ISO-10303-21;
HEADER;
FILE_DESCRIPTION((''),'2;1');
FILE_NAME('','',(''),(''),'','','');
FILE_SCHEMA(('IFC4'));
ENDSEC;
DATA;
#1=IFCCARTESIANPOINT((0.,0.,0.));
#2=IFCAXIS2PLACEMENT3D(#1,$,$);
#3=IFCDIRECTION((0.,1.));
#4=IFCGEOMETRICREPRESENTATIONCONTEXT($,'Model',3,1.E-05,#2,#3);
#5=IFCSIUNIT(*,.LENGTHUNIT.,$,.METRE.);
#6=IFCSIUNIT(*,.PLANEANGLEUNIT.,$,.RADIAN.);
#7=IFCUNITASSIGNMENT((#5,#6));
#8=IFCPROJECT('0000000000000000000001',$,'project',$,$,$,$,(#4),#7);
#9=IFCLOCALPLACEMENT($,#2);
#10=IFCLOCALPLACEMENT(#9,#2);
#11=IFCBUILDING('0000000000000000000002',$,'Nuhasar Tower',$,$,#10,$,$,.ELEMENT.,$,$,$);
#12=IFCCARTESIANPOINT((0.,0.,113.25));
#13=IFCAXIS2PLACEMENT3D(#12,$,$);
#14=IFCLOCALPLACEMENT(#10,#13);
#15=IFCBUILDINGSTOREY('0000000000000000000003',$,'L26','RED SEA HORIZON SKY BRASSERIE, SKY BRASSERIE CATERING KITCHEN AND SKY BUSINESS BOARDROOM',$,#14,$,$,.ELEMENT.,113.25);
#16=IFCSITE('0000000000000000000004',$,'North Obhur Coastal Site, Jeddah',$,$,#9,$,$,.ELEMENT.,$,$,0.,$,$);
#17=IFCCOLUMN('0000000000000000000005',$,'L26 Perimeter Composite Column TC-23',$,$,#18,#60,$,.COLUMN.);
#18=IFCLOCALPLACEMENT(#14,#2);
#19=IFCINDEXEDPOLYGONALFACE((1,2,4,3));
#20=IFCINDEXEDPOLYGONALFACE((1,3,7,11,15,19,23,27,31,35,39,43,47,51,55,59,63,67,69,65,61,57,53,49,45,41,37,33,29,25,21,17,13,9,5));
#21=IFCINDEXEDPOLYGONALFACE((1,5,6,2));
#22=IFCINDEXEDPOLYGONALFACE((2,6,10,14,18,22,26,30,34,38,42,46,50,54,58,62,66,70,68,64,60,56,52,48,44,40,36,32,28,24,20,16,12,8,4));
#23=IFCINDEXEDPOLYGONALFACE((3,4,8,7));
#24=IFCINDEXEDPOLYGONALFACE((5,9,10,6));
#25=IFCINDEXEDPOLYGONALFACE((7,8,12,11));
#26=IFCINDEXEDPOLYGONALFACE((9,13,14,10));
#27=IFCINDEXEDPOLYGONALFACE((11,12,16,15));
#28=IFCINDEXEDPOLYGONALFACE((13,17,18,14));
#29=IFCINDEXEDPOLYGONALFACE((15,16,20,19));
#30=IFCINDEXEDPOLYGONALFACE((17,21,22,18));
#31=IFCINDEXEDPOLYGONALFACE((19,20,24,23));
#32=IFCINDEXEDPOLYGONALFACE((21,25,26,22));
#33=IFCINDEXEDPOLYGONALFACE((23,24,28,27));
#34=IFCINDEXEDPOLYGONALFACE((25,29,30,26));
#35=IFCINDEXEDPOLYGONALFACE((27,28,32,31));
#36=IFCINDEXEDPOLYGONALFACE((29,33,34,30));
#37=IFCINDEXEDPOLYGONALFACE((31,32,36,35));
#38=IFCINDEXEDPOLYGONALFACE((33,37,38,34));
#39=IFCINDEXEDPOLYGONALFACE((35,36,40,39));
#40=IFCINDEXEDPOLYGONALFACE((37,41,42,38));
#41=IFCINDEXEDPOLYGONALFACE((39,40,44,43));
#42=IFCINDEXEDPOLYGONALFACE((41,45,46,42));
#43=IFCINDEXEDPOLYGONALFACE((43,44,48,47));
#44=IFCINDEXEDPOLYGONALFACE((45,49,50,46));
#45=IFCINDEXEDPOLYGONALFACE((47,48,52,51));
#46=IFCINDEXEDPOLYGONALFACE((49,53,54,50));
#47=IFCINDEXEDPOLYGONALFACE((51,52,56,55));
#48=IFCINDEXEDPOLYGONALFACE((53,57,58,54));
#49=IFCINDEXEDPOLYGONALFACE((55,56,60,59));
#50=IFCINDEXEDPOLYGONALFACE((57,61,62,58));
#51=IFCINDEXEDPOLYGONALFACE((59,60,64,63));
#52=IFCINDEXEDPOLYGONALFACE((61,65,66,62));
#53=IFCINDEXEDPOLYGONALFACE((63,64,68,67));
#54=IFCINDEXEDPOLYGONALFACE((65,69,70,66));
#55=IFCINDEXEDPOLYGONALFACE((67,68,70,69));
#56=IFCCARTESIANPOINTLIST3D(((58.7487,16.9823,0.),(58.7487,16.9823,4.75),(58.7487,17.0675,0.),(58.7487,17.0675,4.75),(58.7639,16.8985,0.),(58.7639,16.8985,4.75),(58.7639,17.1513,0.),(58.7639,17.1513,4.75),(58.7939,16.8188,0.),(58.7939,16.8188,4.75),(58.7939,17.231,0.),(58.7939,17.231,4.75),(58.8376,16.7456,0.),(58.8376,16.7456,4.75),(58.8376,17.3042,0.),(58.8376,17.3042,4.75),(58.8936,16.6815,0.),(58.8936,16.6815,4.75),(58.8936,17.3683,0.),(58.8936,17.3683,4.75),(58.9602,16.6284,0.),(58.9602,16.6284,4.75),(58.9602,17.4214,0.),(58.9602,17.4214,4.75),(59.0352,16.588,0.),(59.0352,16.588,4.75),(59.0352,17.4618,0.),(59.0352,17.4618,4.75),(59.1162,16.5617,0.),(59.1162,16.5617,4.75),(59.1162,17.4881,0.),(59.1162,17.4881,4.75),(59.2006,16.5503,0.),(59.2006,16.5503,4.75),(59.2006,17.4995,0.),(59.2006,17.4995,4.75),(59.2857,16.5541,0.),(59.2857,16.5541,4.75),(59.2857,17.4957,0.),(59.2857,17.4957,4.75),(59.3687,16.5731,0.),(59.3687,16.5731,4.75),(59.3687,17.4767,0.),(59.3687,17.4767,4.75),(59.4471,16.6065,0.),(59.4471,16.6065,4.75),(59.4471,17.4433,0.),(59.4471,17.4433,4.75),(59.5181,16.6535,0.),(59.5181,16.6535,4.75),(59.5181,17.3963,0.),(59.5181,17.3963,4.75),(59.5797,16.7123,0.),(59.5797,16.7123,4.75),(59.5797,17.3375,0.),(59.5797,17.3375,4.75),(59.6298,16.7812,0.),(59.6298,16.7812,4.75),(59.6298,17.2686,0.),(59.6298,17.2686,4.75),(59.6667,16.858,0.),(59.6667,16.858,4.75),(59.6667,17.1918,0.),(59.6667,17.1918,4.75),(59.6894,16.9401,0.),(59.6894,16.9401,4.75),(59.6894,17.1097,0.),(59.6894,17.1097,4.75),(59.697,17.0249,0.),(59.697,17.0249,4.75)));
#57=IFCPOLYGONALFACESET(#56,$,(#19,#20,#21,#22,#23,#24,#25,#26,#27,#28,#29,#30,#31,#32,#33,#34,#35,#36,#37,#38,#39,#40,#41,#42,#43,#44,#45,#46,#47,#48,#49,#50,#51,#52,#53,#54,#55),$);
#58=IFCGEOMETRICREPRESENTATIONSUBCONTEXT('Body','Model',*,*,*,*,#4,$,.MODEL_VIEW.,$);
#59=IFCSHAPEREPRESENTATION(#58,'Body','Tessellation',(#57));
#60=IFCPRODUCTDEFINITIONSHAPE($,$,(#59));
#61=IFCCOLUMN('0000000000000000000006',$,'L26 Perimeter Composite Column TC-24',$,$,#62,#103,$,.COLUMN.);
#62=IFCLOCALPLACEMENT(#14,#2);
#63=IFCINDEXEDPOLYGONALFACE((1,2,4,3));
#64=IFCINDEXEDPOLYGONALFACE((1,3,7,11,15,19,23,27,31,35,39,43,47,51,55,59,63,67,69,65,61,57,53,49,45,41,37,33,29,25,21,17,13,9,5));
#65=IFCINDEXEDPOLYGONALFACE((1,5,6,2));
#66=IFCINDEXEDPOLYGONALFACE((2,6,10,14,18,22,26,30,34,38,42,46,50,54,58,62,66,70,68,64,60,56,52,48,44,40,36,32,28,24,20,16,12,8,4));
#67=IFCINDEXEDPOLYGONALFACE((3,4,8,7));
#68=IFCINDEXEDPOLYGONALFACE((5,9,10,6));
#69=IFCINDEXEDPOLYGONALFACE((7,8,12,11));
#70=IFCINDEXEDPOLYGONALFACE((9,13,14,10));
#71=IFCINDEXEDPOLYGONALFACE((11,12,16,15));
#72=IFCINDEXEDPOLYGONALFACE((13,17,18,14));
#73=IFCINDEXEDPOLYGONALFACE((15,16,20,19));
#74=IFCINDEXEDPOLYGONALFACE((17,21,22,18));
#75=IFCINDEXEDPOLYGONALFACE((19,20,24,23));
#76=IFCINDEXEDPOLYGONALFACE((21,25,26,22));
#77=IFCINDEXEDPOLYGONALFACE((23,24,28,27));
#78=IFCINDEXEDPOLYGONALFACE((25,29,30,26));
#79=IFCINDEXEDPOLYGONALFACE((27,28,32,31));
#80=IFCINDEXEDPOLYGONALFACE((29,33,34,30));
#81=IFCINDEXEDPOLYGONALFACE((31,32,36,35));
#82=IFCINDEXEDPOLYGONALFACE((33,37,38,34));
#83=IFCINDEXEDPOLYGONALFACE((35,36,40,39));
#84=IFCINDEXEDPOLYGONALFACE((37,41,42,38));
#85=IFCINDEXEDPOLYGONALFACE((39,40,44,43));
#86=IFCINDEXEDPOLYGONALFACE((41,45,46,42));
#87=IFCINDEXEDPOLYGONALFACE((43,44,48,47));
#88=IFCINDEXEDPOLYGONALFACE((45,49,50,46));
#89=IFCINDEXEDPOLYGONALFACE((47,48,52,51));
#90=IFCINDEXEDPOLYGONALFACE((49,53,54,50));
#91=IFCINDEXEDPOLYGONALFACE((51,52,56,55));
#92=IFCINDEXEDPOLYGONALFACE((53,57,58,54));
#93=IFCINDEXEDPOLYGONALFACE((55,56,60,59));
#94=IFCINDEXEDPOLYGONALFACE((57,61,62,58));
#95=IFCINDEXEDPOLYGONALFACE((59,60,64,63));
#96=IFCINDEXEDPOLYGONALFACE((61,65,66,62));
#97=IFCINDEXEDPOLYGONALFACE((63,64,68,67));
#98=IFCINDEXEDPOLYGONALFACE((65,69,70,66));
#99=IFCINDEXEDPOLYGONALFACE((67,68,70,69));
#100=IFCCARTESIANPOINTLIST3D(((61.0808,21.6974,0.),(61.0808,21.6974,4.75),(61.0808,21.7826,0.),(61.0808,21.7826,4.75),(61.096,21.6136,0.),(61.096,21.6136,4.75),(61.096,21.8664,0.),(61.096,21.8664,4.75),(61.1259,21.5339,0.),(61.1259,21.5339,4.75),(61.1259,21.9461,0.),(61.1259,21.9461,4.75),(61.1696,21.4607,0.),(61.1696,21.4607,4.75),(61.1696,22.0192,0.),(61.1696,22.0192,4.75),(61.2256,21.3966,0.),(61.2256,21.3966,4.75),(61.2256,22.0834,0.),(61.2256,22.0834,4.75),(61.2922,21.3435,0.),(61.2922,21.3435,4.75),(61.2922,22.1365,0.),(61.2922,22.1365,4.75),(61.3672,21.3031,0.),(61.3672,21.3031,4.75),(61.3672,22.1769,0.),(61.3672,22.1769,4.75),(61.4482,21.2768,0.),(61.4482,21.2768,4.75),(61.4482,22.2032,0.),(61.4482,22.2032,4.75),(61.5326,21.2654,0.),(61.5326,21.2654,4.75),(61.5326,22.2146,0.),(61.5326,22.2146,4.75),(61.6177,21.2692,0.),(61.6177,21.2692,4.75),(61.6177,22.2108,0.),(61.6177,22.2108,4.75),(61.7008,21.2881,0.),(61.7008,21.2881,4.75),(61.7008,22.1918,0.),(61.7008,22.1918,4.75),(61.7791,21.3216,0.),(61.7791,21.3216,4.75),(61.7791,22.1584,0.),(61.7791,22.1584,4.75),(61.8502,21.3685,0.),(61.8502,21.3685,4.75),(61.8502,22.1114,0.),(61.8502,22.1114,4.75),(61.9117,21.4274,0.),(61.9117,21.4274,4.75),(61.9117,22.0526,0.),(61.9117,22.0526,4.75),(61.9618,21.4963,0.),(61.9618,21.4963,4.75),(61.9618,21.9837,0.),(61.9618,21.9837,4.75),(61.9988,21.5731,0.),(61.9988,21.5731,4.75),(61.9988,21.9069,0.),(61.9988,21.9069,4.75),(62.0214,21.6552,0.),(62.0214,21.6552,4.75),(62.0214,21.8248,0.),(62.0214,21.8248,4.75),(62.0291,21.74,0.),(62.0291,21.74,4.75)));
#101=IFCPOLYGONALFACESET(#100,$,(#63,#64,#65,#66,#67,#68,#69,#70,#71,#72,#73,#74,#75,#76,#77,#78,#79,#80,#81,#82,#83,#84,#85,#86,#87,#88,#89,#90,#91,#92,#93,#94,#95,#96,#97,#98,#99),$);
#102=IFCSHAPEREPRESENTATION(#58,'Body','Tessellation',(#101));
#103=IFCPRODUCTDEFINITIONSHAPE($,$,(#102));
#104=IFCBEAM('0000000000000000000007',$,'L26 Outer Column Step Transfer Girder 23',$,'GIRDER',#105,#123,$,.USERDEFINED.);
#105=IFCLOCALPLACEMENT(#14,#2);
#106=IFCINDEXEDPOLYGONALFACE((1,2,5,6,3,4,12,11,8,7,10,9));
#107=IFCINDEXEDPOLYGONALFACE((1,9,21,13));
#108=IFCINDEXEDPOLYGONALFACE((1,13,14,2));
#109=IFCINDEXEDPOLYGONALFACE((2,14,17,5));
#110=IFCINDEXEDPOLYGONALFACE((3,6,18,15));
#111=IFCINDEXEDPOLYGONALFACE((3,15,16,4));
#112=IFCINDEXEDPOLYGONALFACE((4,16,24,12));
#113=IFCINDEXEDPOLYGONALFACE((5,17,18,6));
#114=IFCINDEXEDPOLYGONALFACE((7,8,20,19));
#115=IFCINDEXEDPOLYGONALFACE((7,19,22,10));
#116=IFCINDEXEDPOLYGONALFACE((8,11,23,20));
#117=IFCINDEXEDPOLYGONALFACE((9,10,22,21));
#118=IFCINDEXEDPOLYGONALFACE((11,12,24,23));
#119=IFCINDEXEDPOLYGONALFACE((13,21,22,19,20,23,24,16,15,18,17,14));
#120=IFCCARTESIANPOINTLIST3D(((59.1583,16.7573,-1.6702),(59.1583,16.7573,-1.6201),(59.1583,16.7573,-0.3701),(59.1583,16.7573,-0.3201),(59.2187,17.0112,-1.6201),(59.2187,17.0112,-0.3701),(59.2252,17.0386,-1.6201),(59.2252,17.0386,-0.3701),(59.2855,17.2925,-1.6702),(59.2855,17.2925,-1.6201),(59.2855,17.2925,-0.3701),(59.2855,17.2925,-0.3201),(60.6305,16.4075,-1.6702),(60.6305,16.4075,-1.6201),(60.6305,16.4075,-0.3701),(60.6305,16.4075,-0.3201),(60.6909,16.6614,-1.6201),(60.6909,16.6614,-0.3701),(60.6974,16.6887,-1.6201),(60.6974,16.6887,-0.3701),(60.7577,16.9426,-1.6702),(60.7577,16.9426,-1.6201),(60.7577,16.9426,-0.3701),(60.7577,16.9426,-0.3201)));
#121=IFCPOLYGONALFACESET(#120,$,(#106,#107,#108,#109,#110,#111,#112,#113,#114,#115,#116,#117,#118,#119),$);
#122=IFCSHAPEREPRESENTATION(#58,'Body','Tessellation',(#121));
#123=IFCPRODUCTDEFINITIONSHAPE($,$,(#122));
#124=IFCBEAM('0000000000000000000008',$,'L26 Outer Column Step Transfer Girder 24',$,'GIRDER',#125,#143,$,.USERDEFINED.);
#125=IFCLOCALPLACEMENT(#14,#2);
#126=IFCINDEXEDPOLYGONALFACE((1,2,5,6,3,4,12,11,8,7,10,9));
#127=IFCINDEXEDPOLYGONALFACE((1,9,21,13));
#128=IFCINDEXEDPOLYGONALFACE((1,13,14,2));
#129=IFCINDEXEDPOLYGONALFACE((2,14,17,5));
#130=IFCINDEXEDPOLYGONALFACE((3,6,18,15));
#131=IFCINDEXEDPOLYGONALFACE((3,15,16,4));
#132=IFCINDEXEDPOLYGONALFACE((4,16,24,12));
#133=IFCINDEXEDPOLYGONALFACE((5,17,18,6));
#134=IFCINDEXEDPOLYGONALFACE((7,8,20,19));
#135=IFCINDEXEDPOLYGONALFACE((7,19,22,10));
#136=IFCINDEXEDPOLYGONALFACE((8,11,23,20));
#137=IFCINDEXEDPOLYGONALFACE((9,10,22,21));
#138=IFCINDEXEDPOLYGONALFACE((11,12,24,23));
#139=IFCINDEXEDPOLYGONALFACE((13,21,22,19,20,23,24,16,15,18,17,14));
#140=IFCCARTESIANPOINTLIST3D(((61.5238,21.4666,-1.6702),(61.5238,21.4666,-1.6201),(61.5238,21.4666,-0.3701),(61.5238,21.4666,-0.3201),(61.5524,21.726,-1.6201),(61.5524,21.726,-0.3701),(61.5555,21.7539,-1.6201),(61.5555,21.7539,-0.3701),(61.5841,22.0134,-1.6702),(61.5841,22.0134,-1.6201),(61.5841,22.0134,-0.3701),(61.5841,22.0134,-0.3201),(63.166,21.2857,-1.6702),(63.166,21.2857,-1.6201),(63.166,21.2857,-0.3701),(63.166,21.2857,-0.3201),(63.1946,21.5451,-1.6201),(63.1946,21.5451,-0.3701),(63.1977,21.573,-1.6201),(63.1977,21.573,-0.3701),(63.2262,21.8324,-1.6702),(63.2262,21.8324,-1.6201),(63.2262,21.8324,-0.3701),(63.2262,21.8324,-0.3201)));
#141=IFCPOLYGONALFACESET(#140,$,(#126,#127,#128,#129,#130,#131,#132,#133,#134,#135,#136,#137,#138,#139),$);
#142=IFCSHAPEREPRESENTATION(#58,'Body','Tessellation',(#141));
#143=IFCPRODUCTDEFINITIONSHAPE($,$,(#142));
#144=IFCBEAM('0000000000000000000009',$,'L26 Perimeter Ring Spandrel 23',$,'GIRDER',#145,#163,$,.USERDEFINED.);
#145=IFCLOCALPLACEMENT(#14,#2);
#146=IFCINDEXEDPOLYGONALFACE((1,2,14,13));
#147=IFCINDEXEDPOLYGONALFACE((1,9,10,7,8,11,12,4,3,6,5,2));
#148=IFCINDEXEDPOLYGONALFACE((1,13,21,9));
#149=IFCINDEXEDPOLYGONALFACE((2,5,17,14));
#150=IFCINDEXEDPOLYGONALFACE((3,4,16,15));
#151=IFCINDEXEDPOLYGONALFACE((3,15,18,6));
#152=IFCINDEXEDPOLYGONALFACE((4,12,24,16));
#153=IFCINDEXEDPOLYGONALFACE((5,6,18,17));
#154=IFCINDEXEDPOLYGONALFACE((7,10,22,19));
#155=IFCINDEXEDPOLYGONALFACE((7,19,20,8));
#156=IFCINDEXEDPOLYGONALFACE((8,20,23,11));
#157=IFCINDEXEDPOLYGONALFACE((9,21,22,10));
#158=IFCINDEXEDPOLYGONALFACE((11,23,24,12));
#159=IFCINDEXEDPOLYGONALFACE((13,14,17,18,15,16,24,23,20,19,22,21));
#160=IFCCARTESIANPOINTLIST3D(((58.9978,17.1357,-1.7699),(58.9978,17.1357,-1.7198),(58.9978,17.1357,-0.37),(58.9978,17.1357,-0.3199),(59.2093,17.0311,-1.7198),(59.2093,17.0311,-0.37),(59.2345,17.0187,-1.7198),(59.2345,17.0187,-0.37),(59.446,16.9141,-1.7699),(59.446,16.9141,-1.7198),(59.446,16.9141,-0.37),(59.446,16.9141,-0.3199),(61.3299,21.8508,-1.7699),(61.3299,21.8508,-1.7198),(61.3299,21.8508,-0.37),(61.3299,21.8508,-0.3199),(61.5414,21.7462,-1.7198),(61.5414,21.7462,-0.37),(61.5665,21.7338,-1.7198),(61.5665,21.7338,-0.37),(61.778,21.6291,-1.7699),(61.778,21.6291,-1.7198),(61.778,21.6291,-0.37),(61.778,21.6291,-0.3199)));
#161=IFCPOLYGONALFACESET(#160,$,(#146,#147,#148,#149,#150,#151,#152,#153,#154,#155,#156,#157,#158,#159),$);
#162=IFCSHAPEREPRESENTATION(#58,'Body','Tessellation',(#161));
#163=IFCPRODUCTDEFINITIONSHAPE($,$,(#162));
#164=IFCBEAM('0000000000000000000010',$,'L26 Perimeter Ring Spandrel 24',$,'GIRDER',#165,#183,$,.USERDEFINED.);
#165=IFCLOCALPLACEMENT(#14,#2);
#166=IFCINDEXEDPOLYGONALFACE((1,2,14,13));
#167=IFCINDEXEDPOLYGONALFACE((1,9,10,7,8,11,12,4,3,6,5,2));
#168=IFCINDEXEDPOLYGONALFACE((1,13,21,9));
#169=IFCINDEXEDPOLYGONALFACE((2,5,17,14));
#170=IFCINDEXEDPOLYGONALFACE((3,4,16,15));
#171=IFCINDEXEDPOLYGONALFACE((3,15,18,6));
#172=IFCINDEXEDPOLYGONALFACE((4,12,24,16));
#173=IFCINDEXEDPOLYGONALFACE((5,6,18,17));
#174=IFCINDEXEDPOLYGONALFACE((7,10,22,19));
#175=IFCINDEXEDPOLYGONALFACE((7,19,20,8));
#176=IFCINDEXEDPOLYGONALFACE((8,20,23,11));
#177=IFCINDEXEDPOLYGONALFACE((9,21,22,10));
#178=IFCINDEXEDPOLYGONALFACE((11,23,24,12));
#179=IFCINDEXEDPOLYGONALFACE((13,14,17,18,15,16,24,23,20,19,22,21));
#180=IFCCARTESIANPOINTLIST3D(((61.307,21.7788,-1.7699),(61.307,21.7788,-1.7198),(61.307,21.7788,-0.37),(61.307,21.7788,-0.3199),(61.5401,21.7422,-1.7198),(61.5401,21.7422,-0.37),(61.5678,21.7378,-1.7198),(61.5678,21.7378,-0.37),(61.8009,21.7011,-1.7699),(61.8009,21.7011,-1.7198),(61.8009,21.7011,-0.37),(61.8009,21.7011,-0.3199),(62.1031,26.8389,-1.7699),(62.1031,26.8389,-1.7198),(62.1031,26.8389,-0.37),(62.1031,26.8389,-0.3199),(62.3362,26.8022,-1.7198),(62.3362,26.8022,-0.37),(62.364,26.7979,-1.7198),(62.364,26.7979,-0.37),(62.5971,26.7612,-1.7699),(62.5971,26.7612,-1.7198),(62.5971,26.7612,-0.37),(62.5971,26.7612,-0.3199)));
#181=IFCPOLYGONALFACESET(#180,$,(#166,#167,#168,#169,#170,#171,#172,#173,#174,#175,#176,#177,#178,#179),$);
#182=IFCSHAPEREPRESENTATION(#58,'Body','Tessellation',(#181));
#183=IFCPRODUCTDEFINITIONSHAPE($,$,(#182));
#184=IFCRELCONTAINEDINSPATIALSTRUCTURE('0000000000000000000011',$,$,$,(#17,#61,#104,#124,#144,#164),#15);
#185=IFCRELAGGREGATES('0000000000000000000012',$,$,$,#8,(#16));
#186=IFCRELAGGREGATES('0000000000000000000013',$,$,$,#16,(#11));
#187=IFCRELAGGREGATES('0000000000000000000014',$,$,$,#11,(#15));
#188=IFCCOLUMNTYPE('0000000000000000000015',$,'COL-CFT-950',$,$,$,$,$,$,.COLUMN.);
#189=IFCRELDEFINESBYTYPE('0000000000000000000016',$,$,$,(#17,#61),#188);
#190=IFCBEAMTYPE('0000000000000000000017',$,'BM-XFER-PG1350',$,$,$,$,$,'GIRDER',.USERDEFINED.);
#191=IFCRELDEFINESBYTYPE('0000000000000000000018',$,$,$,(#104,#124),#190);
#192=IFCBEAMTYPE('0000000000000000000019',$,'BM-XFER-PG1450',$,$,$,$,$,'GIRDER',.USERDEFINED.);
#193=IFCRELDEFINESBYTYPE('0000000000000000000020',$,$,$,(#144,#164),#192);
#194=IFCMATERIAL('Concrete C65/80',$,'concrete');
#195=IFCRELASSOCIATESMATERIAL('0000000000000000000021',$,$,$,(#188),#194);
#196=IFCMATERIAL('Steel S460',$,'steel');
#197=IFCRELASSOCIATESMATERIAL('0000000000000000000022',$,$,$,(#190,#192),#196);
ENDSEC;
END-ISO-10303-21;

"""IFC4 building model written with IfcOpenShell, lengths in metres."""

from ifc_helpers import new_model, si_unit, direction, frame, origin, origin_2d, place, context, subcontext, project, spatial, circle, i_section, extrude, material, material_profile, profile_set, type_object, element, save


model = new_model("IFC4")

# Units and contexts
model_context = context("Model", 3, precision=1e-05, world=origin(), true_north=direction((0.0, 1.0)))
body_context = subcontext(model_context, "Body", "Model", "MODEL_VIEW")
ifc_project = project(units=[si_unit("LENGTHUNIT", "METRE"), si_unit("PLANEANGLEUNIT", "RADIAN")], contexts=[model_context])

# Site, building, storey
site_placement = place(None, origin())
site = spatial("IfcSite", under=ifc_project, at=site_placement, Name="North Obhur Coastal Site, Jeddah", CompositionType="ELEMENT", RefElevation=0.0)
building_placement = place(site_placement, origin())
building = spatial("IfcBuilding", under=site, at=building_placement, Name="Nuhasar Tower", CompositionType="ELEMENT")
storey_placement = place(building_placement, frame((0.0, 0.0, 113.25)))
storey = spatial("IfcBuildingStorey", under=building, at=storey_placement, Name="L26", Description="RED SEA HORIZON SKY BRASSERIE, SKY BRASSERIE CATERING KITCHEN AND SKY BUSINESS BOARDROOM", CompositionType="ELEMENT", Elevation=113.25)

# Columns
ifc_material_1 = material(Name="Concrete C65/80", Category="concrete")
ifc_material_profile_1 = material_profile(ifc_material_1, circle(Radius=0.4751, at=origin_2d()), Name="CFT950")
ifc_profile_set_1 = profile_set([ifc_material_profile_1], Name="Concrete C65/80")
column_type = type_object("IfcColumnType", Name="COL-CFT-950", PredefinedType="COLUMN", material=ifc_profile_set_1)
for number, where, z_axis, x_axis, name in (
    (1, (59.2219, 17.0249, 0.0), (0.0, 0.0, 1.0), (1.0, 0.0, 0.0), "L26 Perimeter Composite Column TC-23"),
    (2, (61.554, 21.74, 0.0), (0.0, 0.0, 1.0), (1.0, 0.0, 0.0), "L26 Perimeter Composite Column TC-24"),
):
    element("IfcColumn", number, at=place(storey_placement, frame(where, z_axis=z_axis, x_axis=x_axis)), inside=storey, type_object=column_type, Name=name, PredefinedType="COLUMN", context=body_context, shape_type="SweptSolid", body=[
        extrude(circle(Radius=0.4751, at=origin_2d()), origin(), (0.0, 0.0, 1.0), 4.75),
    ])

# Beams
ifc_material_2 = material(Name="Steel S460", Category="steel")
ifc_material_profile_2 = material_profile(ifc_material_2, i_section(OverallWidth=0.55, OverallDepth=1.3501, WebThickness=0.0281, FlangeThickness=0.05, at=origin_2d()), Name="PG1350X550")
ifc_profile_set_2 = profile_set([ifc_material_profile_2], Name="Steel S460")
beam_type_1 = type_object("IfcBeamType", Name="BM-XFER-PG1350", ElementType="GIRDER", PredefinedType="USERDEFINED", material=ifc_profile_set_2)
beam_1_placement = place(storey_placement, frame((59.2219, 17.0249, -0.9951), z_axis=(0.972905, -0.231206, 0.0), x_axis=(0.231206, 0.972905, 0.0)))
element("IfcBeam", 3, at=beam_1_placement, inside=storey, type_object=beam_type_1, Name="L26 Outer Column Step Transfer Girder 23", ObjectType="GIRDER", PredefinedType="USERDEFINED", context=body_context, shape_type="SweptSolid", body=[
    extrude(i_section(OverallWidth=0.55, OverallDepth=1.3501, WebThickness=0.0281, FlangeThickness=0.05, at=origin_2d()), origin(), (0.0, 0.0, 1.0), 1.5132),
])
beam_2_placement = place(storey_placement, frame((61.554, 21.74, -0.9951), z_axis=(0.993986, -0.109507, 0.0), x_axis=(0.109507, 0.993986, 0.0)))
element("IfcBeam", 4, at=beam_2_placement, inside=storey, type_object=beam_type_1, Name="L26 Outer Column Step Transfer Girder 24", ObjectType="GIRDER", PredefinedType="USERDEFINED", context=body_context, shape_type="SweptSolid", body=[
    extrude(i_section(OverallWidth=0.55, OverallDepth=1.3501, WebThickness=0.0281, FlangeThickness=0.05, at=origin_2d()), origin(), (0.0, 0.0, 1.0), 1.6521),
])
ifc_material_profile_3 = material_profile(ifc_material_2, i_section(OverallWidth=0.5, OverallDepth=1.45, WebThickness=0.0281, FlangeThickness=0.05, at=origin_2d()), Name="PG1450X500")
ifc_profile_set_3 = profile_set([ifc_material_profile_3], Name="Steel S460")
beam_type_2 = type_object("IfcBeamType", Name="BM-XFER-PG1450", ElementType="GIRDER", PredefinedType="USERDEFINED", material=ifc_profile_set_3)
beam_3_placement = place(storey_placement, frame((59.2219, 17.0249, -1.0449), z_axis=(0.443329, 0.896359, 0.0), x_axis=(-0.896359, 0.443329, 0.0)))
element("IfcBeam", 5, at=beam_3_placement, inside=storey, type_object=beam_type_2, Name="L26 Perimeter Ring Spandrel 23", ObjectType="GIRDER", PredefinedType="USERDEFINED", context=body_context, shape_type="SweptSolid", body=[
    extrude(i_section(OverallWidth=0.5, OverallDepth=1.45, WebThickness=0.0281, FlangeThickness=0.05, at=origin_2d()), origin(), (0.0, 0.0, 1.0), 5.2603),
])
beam_4_placement = place(storey_placement, frame((61.554, 21.74, -1.0449), z_axis=(0.155427, 0.987847, 0.0), x_axis=(-0.987847, 0.155427, 0.0)))
element("IfcBeam", 6, at=beam_4_placement, inside=storey, type_object=beam_type_2, Name="L26 Perimeter Ring Spandrel 24", ObjectType="GIRDER", PredefinedType="USERDEFINED", context=body_context, shape_type="SweptSolid", body=[
    extrude(i_section(OverallWidth=0.5, OverallDepth=1.45, WebThickness=0.0281, FlangeThickness=0.05, at=origin_2d()), origin(), (0.0, 0.0, 1.0), 5.1223),
])

save(model, "model.ifc")
